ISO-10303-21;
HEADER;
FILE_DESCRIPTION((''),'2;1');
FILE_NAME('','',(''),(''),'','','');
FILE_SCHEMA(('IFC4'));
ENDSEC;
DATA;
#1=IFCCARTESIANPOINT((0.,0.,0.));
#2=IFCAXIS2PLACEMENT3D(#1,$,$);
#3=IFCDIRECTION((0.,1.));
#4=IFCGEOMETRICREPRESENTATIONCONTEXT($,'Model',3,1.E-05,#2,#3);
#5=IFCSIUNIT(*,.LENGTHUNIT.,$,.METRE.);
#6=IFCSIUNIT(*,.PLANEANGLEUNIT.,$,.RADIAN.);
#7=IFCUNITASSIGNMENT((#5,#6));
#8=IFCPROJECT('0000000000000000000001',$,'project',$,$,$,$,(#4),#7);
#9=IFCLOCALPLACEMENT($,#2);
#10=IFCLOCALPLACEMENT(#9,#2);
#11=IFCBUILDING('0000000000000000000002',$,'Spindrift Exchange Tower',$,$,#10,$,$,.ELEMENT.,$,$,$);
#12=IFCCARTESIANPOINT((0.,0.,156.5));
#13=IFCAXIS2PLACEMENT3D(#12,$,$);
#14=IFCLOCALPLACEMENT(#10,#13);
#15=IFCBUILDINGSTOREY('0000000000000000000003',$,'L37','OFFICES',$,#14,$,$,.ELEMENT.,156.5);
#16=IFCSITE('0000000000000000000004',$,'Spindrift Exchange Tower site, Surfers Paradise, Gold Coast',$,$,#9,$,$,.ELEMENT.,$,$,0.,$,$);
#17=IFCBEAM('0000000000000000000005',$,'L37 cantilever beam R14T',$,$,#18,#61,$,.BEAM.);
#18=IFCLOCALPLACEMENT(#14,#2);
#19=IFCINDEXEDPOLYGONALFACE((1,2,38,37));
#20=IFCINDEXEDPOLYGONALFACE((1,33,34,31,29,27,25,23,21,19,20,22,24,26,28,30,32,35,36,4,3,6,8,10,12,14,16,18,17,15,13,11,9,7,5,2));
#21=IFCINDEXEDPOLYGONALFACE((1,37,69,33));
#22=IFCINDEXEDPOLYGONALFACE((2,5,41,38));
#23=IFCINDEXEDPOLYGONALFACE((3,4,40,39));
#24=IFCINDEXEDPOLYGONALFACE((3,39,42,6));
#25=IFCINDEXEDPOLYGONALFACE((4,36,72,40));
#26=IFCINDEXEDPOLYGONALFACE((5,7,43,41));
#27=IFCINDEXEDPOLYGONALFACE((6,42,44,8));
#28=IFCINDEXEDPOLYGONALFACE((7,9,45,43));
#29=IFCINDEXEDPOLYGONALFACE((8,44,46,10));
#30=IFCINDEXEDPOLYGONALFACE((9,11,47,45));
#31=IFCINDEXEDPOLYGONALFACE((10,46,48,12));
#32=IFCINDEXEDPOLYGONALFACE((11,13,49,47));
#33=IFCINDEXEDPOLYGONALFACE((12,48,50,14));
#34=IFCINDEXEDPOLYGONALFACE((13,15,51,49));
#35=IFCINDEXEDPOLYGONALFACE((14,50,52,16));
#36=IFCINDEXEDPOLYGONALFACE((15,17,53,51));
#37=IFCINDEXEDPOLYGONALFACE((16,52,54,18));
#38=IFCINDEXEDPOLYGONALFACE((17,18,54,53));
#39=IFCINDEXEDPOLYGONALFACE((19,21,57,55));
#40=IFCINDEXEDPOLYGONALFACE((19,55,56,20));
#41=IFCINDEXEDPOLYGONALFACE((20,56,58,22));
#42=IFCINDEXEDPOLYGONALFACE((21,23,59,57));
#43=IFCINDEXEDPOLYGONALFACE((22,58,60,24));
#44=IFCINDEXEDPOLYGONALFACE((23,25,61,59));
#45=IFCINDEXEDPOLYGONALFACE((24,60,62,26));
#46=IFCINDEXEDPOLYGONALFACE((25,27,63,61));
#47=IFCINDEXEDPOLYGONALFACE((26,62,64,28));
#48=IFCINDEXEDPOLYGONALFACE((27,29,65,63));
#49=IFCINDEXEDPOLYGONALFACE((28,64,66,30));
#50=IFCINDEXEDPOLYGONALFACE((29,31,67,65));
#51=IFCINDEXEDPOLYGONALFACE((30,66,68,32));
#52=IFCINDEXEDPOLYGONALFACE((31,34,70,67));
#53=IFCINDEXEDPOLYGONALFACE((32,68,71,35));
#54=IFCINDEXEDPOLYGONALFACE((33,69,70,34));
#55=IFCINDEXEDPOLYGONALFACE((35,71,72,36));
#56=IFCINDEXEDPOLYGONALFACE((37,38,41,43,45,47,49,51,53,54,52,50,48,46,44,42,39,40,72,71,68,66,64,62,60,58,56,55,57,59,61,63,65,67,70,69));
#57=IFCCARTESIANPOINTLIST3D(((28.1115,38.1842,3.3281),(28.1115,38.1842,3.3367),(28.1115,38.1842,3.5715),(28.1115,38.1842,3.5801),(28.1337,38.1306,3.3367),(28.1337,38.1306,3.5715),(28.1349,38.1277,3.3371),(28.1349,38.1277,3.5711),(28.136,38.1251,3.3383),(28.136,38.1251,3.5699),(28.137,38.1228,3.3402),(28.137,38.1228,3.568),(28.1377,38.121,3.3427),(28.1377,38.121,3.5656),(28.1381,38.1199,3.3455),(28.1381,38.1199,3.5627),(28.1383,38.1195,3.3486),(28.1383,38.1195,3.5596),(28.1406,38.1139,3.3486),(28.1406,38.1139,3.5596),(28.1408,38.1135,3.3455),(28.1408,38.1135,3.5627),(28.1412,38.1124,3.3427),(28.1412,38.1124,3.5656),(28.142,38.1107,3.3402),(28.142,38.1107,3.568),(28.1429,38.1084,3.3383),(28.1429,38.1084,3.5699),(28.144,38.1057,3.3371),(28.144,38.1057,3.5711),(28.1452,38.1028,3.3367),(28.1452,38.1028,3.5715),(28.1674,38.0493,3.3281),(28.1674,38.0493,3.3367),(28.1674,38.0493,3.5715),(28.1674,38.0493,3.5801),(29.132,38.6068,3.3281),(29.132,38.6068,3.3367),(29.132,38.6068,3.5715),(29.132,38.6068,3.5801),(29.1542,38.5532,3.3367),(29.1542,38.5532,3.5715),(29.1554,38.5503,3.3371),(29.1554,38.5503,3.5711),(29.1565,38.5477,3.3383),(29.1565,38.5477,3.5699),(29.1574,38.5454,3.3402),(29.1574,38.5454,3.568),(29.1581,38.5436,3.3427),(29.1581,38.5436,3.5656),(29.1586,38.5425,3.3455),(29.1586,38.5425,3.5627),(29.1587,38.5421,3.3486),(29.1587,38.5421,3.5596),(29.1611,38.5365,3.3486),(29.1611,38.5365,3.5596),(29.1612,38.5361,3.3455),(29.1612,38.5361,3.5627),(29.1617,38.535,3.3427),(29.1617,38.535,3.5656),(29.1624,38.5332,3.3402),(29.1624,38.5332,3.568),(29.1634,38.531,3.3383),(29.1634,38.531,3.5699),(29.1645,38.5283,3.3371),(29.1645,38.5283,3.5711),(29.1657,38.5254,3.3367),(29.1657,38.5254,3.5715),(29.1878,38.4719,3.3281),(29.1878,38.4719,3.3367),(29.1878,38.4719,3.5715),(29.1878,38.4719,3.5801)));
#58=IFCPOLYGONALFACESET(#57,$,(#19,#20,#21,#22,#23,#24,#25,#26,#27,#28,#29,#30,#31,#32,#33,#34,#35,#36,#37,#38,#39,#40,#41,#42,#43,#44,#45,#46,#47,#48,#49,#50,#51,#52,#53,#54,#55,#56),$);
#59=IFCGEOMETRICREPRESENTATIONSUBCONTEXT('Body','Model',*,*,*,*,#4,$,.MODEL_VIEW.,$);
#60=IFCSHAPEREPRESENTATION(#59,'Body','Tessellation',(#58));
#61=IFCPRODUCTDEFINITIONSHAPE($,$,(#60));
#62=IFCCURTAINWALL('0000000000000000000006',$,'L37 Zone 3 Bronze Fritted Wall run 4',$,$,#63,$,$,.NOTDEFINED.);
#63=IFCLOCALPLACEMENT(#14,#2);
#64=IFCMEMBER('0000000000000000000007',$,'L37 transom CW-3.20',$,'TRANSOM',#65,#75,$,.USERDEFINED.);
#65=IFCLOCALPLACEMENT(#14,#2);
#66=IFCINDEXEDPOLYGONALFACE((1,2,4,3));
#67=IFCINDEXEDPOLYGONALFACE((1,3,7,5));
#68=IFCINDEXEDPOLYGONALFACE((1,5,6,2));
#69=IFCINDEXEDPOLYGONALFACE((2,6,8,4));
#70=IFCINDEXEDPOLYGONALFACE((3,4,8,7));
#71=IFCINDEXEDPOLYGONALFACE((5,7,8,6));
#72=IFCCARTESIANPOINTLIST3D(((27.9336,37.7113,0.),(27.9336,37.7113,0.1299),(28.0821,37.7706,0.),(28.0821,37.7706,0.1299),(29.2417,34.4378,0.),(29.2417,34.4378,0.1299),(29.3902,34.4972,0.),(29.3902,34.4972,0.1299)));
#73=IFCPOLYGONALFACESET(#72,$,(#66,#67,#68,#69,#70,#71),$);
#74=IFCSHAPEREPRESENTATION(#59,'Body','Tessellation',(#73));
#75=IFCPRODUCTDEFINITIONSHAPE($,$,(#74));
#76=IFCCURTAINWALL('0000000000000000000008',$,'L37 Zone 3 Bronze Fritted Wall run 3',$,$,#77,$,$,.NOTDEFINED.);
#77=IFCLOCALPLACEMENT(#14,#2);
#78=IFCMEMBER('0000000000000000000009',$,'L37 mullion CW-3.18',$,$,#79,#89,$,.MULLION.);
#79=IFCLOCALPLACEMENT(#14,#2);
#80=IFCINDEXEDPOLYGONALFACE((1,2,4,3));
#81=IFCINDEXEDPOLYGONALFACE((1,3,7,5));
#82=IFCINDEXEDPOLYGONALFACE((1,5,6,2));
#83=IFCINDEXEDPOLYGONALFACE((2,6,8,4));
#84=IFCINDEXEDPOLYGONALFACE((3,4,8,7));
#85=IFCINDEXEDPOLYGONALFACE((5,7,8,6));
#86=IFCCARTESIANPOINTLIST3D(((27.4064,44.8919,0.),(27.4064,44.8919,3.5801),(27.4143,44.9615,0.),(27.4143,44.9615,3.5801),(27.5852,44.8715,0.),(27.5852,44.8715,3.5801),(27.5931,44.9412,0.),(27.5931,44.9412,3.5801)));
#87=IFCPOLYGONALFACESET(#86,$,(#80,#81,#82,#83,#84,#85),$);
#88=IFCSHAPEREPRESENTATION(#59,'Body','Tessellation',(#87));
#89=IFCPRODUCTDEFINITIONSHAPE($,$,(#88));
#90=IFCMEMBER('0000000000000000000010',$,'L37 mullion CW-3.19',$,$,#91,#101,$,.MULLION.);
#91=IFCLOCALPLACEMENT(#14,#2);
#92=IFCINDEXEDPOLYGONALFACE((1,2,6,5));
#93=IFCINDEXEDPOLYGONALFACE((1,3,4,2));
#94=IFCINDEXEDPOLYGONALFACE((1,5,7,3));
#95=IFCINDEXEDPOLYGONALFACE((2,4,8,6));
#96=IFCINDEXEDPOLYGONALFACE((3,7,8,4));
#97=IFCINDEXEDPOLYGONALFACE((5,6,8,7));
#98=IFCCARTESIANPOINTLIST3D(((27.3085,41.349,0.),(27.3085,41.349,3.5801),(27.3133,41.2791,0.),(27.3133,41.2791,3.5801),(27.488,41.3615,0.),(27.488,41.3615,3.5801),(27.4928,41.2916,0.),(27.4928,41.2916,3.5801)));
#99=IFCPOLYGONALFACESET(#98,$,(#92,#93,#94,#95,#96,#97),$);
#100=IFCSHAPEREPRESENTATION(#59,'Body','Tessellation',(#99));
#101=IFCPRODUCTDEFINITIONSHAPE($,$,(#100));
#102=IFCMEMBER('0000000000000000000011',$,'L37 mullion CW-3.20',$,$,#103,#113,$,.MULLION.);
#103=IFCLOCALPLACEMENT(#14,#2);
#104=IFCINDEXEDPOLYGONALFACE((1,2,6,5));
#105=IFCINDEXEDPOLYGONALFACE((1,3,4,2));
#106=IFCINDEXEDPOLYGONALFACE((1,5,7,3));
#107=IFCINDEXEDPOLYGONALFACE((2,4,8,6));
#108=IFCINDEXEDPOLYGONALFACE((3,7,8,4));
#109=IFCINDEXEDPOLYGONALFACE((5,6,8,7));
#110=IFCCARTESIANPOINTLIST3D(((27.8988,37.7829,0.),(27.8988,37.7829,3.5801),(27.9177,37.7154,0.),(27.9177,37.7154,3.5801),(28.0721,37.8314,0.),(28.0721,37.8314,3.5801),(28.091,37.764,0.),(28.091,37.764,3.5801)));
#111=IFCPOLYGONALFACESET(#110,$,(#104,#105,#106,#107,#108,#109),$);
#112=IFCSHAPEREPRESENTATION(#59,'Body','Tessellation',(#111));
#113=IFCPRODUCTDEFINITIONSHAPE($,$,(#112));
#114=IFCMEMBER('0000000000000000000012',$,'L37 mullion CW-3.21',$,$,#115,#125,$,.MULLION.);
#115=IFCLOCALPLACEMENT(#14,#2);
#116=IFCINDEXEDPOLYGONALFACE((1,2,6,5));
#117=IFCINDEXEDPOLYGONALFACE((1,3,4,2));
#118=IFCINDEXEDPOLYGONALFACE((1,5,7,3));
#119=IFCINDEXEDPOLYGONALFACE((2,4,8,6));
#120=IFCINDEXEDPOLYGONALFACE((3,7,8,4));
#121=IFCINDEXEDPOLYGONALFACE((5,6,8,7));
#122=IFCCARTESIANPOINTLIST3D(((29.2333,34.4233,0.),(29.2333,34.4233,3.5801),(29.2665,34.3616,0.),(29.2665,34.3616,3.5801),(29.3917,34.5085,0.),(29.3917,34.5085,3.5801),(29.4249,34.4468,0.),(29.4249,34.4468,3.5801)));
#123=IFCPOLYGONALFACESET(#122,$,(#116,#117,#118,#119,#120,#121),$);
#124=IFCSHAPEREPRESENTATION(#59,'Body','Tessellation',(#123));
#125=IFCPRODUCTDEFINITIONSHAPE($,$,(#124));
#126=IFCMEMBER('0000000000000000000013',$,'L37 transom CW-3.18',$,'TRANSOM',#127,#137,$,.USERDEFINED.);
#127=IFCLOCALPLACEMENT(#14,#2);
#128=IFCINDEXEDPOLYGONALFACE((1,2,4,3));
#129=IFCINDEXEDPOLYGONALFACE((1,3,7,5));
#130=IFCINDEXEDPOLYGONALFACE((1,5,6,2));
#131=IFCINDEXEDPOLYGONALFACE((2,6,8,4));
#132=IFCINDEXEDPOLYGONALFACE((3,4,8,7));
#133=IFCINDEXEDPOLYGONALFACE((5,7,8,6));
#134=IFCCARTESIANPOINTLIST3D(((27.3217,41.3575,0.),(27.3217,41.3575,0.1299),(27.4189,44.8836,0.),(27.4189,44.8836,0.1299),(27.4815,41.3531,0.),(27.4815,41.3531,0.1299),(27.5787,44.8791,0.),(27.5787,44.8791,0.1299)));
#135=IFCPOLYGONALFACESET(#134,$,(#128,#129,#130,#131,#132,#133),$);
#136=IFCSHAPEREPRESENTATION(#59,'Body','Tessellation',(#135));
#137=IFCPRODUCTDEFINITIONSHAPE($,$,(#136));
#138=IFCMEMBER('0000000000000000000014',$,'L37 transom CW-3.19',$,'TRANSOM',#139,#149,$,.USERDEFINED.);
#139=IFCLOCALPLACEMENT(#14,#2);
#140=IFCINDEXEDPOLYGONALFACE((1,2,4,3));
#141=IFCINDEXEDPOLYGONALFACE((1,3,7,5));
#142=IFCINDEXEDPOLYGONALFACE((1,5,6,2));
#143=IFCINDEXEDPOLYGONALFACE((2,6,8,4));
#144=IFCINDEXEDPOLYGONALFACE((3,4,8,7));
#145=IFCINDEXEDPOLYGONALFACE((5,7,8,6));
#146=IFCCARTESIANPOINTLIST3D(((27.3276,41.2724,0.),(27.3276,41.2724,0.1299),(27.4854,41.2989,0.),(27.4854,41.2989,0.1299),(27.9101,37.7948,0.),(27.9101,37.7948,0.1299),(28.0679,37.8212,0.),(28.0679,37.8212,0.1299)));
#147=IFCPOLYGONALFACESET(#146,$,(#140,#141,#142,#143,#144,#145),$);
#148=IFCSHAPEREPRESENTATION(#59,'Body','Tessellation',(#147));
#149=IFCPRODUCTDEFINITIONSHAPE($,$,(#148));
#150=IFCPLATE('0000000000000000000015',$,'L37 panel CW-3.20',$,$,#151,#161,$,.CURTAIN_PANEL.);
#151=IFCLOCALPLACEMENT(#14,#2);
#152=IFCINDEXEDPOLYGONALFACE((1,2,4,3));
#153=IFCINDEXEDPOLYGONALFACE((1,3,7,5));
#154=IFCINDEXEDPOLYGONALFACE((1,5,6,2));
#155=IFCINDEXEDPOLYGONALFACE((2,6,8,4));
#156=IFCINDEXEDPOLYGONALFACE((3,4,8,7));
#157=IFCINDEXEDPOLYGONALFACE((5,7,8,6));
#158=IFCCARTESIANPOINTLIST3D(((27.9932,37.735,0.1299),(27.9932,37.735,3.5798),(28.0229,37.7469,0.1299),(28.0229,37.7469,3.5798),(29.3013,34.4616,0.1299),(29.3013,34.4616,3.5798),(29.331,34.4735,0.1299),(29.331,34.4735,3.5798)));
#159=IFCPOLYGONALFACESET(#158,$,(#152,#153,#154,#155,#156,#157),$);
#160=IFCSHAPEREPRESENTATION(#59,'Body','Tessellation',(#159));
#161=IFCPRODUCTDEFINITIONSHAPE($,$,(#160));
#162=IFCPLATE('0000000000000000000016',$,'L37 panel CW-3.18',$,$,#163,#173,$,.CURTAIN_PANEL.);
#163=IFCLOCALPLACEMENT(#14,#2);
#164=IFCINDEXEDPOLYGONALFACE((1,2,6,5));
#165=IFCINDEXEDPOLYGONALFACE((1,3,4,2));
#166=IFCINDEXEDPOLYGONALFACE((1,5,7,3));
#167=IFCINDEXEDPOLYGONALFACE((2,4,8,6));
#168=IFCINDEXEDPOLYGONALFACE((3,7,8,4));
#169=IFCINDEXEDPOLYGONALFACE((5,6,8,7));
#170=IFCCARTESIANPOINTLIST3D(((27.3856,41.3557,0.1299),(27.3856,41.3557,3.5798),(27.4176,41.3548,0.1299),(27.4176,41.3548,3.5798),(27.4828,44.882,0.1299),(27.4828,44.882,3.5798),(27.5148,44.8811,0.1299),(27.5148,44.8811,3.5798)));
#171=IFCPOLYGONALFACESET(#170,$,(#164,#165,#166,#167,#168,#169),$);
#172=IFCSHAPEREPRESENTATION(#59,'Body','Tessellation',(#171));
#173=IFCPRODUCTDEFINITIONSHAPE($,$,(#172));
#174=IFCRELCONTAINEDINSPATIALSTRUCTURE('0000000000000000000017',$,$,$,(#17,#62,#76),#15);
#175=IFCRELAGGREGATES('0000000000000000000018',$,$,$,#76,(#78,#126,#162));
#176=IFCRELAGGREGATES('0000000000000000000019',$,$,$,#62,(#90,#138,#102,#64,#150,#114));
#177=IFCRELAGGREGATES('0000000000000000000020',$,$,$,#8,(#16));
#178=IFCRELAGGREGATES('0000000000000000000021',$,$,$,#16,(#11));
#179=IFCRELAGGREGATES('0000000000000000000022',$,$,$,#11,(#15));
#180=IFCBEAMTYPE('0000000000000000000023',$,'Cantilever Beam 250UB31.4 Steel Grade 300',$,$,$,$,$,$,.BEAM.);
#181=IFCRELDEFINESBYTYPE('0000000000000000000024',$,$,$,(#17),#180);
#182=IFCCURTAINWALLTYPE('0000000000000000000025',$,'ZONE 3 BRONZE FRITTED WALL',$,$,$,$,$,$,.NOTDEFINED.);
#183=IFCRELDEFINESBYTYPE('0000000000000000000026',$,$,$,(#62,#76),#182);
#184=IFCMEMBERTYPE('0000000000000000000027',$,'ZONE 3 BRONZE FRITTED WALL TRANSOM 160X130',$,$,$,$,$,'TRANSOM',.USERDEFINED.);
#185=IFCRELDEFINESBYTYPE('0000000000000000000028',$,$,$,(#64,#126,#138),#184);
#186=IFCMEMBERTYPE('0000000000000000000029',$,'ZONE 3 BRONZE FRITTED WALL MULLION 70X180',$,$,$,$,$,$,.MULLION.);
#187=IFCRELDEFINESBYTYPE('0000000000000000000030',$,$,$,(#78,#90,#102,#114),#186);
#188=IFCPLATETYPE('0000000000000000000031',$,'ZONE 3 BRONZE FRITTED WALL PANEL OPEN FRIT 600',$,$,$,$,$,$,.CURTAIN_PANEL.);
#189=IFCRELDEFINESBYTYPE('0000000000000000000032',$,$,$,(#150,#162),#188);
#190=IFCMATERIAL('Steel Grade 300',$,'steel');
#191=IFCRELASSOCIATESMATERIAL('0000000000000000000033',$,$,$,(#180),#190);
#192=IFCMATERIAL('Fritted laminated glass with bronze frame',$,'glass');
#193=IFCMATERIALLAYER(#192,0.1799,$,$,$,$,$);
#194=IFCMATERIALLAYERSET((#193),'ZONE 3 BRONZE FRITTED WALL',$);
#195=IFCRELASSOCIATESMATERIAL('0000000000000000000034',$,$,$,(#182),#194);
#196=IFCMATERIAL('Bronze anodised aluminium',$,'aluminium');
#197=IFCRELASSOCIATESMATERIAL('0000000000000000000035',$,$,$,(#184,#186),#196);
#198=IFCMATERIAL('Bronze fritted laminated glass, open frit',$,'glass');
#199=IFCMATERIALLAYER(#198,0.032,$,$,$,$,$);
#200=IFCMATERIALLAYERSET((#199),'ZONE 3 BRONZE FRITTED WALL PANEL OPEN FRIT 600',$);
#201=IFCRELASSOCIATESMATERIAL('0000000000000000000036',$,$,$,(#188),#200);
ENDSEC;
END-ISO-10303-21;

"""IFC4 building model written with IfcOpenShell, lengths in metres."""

from ifc_helpers import new_model, si_unit, direction, frame, origin, origin_2d, place, context, subcontext, project, spatial, rectangle, i_section, extrude, source, transform, mapped, material, layer, layer_set, material_profile, profile_set, type_object, element, aggregate, save


model = new_model("IFC4")

# Units and contexts
model_context = context("Model", 3, precision=1e-05, world=origin(), true_north=direction((0.0, 1.0)))
body_context = subcontext(model_context, "Body", "Model", "MODEL_VIEW")
ifc_project = project(units=[si_unit("LENGTHUNIT", "METRE"), si_unit("PLANEANGLEUNIT", "RADIAN")], contexts=[model_context])

# Site, building, storey
site_placement = place(None, origin())
site = spatial("IfcSite", under=ifc_project, at=site_placement, Name="Spindrift Exchange Tower site, Surfers Paradise, Gold Coast", CompositionType="ELEMENT", RefElevation=0.0)
building_placement = place(site_placement, origin())
building = spatial("IfcBuilding", under=site, at=building_placement, Name="Spindrift Exchange Tower", CompositionType="ELEMENT")
storey_placement = place(building_placement, frame((0.0, 0.0, 156.5)))
storey = spatial("IfcBuildingStorey", under=building, at=storey_placement, Name="L37", Description="OFFICES", CompositionType="ELEMENT", Elevation=156.5)

# Beam
ifc_material_1 = material(Name="Steel Grade 300", Category="steel")
ifc_material_profile_1 = material_profile(ifc_material_1, i_section(OverallWidth=0.146, OverallDepth=0.252, WebThickness=0.0061, FlangeThickness=0.0085, FilletRadius=0.012, at=origin_2d()), Name="250UB31.4")
ifc_profile_set_1 = profile_set([ifc_material_profile_1], Name="Steel Grade 300")
beam_type_1 = type_object("IfcBeamType", Name="Cantilever Beam 250UB31.4 Steel Grade 300", PredefinedType="BEAM", material=ifc_profile_set_1)
shared_shape_1 = source(origin(), body_context, "Body", "SweptSolid", [
    extrude(i_section(OverallWidth=0.146, OverallDepth=0.252, WebThickness=0.0061, FlangeThickness=0.0085, FilletRadius=0.012, at=origin_2d()), origin(), (0.0, 0.0, 1.0), 1.1045),
])
beam_1_placement = place(storey_placement, frame((29.1599, 38.5393, 3.4541), z_axis=(-0.923912, -0.382606, 0.0), x_axis=(0.382606, -0.923912, 0.0)))
element("IfcBeam", 1, at=beam_1_placement, inside=storey, type_object=beam_type_1, Name="L37 cantilever beam R14T", PredefinedType="BEAM", context=body_context, shape_type="MappedRepresentation", body=[
    mapped(shared_shape_1, transform((0.0, 0.0, 0.0), scale=1.0)),
])

# Curtain walls, members
ifc_material_2 = material(Name="Fritted laminated glass with bronze frame", Category="glass")
ifc_layer_1 = layer(ifc_material_2, 0.1799)
ifc_layer_set_1 = layer_set([ifc_layer_1], Name="ZONE 3 BRONZE FRITTED WALL")
curtain_wall_type = type_object("IfcCurtainWallType", Name="ZONE 3 BRONZE FRITTED WALL", PredefinedType="NOTDEFINED", material=ifc_layer_set_1)
curtain_wall_1_placement = place(storey_placement, origin())
curtain_wall_1 = element("IfcCurtainWall", 2, at=curtain_wall_1_placement, inside=storey, type_object=curtain_wall_type, Name="L37 Zone 3 Bronze Fritted Wall run 4", PredefinedType="NOTDEFINED")
ifc_material_3 = material(Name="Bronze anodised aluminium", Category="aluminium")
ifc_material_profile_2 = material_profile(ifc_material_3, rectangle(XDim=0.1599, YDim=0.1299, at=origin_2d()), Name="ZONE 3 BRONZE FRITTED WALL TRANSOM 160X130")
ifc_profile_set_2 = profile_set([ifc_material_profile_2], Name="Bronze anodised aluminium")
member_type_1 = type_object("IfcMemberType", Name="ZONE 3 BRONZE FRITTED WALL TRANSOM 160X130", ElementType="TRANSOM", PredefinedType="USERDEFINED", material=ifc_profile_set_2)
shared_shape_2 = source(origin(), body_context, "Body", "SweptSolid", [
    extrude(rectangle(XDim=0.1599, YDim=0.1299, at=origin_2d()), origin(), (0.0, 0.0, 1.0), 3.5251),
])
member_1_placement = place(storey_placement, frame((28.0078, 37.741, 0.0649), z_axis=(0.37108, -0.928601, 0.0), x_axis=(0.928601, 0.37108, 0.0)))
member_1 = element("IfcMember", 3, at=member_1_placement, type_object=member_type_1, Name="L37 transom CW-3.20", ObjectType="TRANSOM", PredefinedType="USERDEFINED", context=body_context, shape_type="MappedRepresentation", body=[
    mapped(shared_shape_2, transform((0.0, 0.0, 0.0), scale=1.0)),
])
curtain_wall_2_placement = place(storey_placement, origin())
curtain_wall_2 = element("IfcCurtainWall", 4, at=curtain_wall_2_placement, inside=storey, type_object=curtain_wall_type, Name="L37 Zone 3 Bronze Fritted Wall run 3", PredefinedType="NOTDEFINED")
ifc_material_profile_3 = material_profile(ifc_material_3, rectangle(XDim=0.0701, YDim=0.1799, at=origin_2d()), Name="ZONE 3 BRONZE FRITTED WALL MULLION 70X180")
ifc_profile_set_3 = profile_set([ifc_material_profile_3], Name="Bronze anodised aluminium")
member_type_2 = type_object("IfcMemberType", Name="ZONE 3 BRONZE FRITTED WALL MULLION 70X180", PredefinedType="MULLION", material=ifc_profile_set_3)
shared_shape_3 = source(origin(), body_context, "Body", "SweptSolid", [
    extrude(rectangle(XDim=0.0701, YDim=0.1799, at=origin_2d()), origin(), (0.0, 0.0, 1.0), 3.5801),
])
member_2_placement = place(storey_placement, frame((27.4998, 44.9165, 0.0), z_axis=(0.0, 0.0, 1.0), x_axis=(-0.112972, -0.993598, 0.0)))
member_2 = element("IfcMember", 5, at=member_2_placement, type_object=member_type_2, Name="L37 mullion CW-3.18", PredefinedType="MULLION", context=body_context, shape_type="MappedRepresentation", body=[
    mapped(shared_shape_3, transform((0.0, 0.0, 0.0), scale=1.0)),
])

# Members
member_3_placement = place(storey_placement, frame((27.4006, 41.3203, 0.0), z_axis=(0.0, 0.0, 1.0), x_axis=(0.069178, -0.997604, 0.0)))
member_3 = element("IfcMember", 6, at=member_3_placement, type_object=member_type_2, Name="L37 mullion CW-3.19", PredefinedType="MULLION", context=body_context, shape_type="MappedRepresentation", body=[
    mapped(shared_shape_3, transform((0.0, 0.0, 0.0), scale=1.0)),
])
member_4_placement = place(storey_placement, frame((27.9949, 37.7734, 0.0), z_axis=(0.0, 0.0, 1.0), x_axis=(0.269717, -0.96294, 0.0)))
member_4 = element("IfcMember", 7, at=member_4_placement, type_object=member_type_2, Name="L37 mullion CW-3.20", PredefinedType="MULLION", context=body_context, shape_type="MappedRepresentation", body=[
    mapped(shared_shape_3, transform((0.0, 0.0, 0.0), scale=1.0)),
])
member_5_placement = place(storey_placement, frame((29.3291, 34.4351, 0.0), z_axis=(0.0, 0.0, 1.0), x_axis=(0.473923, -0.880566, 0.0)))
member_5 = element("IfcMember", 8, at=member_5_placement, type_object=member_type_2, Name="L37 mullion CW-3.21", PredefinedType="MULLION", context=body_context, shape_type="MappedRepresentation", body=[
    mapped(shared_shape_3, transform((0.0, 0.0, 0.0), scale=1.0)),
])
shared_shape_4 = source(origin(), body_context, "Body", "SweptSolid", [
    extrude(rectangle(XDim=0.1599, YDim=0.1299, at=origin_2d()), origin(), (0.0, 0.0, 1.0), 3.5273),
])
member_6_placement = place(storey_placement, frame((27.4988, 44.8813, 0.0649), z_axis=(-0.027546, -0.999621, 0.0), x_axis=(0.999621, -0.027546, 0.0)))
member_6 = element("IfcMember", 9, at=member_6_placement, type_object=member_type_1, Name="L37 transom CW-3.18", ObjectType="TRANSOM", PredefinedType="USERDEFINED", context=body_context, shape_type="MappedRepresentation", body=[
    mapped(shared_shape_4, transform((0.0, 0.0, 0.0), scale=1.0)),
])
shared_shape_5 = source(origin(), body_context, "Body", "SweptSolid", [
    extrude(rectangle(XDim=0.1599, YDim=0.1299, at=origin_2d()), origin(), (0.0, 0.0, 1.0), 3.5261),
])
member_7_placement = place(storey_placement, frame((27.4065, 41.2856, 0.0649), z_axis=(0.165196, -0.986261, 0.0), x_axis=(0.986261, 0.165196, 0.0)))
member_7 = element("IfcMember", 10, at=member_7_placement, type_object=member_type_1, Name="L37 transom CW-3.19", ObjectType="TRANSOM", PredefinedType="USERDEFINED", context=body_context, shape_type="MappedRepresentation", body=[
    mapped(shared_shape_5, transform((0.0, 0.0, 0.0), scale=1.0)),
])

# Plates
ifc_material_4 = material(Name="Bronze fritted laminated glass, open frit", Category="glass")
ifc_layer_2 = layer(ifc_material_4, 0.032)
ifc_layer_set_2 = layer_set([ifc_layer_2], Name="ZONE 3 BRONZE FRITTED WALL PANEL OPEN FRIT 600")
plate_type_1 = type_object("IfcPlateType", Name="ZONE 3 BRONZE FRITTED WALL PANEL OPEN FRIT 600", PredefinedType="CURTAIN_PANEL", material=ifc_layer_set_2)
shared_shape_6 = source(origin(), body_context, "Body", "SweptSolid", [
    extrude(rectangle(XDim=3.5251, YDim=0.032, at=origin_2d()), origin(), (0.0, 0.0, 1.0), 3.45),
])
plate_1_placement = place(storey_placement, frame((28.6621, 36.1042, 0.1299), z_axis=(0.0, 0.0, 1.0), x_axis=(0.371089, -0.928597, 0.0)))
plate_1 = element("IfcPlate", 11, at=plate_1_placement, type_object=plate_type_1, Name="L37 panel CW-3.20", PredefinedType="CURTAIN_PANEL", context=body_context, shape_type="MappedRepresentation", body=[
    mapped(shared_shape_6, transform((0.0, 0.0, 0.0), scale=1.0)),
])
shared_shape_7 = source(origin(), body_context, "Body", "SweptSolid", [
    extrude(rectangle(XDim=3.5276, YDim=0.032, at=origin_2d()), origin(), (0.0, 0.0, 1.0), 3.45),
])
plate_2_placement = place(storey_placement, frame((27.4502, 43.1184, 0.1299), z_axis=(0.0, 0.0, 1.0), x_axis=(-0.027547, -0.999621, 0.0)))
plate_2 = element("IfcPlate", 12, at=plate_2_placement, type_object=plate_type_1, Name="L37 panel CW-3.18", PredefinedType="CURTAIN_PANEL", context=body_context, shape_type="MappedRepresentation", body=[
    mapped(shared_shape_7, transform((0.0, 0.0, 0.0), scale=1.0)),
])
aggregate(curtain_wall_2, [member_2, member_6, plate_2])
aggregate(curtain_wall_1, [member_3, member_7, member_4, member_1, plate_1, member_5])

save(model, "model.ifc")
